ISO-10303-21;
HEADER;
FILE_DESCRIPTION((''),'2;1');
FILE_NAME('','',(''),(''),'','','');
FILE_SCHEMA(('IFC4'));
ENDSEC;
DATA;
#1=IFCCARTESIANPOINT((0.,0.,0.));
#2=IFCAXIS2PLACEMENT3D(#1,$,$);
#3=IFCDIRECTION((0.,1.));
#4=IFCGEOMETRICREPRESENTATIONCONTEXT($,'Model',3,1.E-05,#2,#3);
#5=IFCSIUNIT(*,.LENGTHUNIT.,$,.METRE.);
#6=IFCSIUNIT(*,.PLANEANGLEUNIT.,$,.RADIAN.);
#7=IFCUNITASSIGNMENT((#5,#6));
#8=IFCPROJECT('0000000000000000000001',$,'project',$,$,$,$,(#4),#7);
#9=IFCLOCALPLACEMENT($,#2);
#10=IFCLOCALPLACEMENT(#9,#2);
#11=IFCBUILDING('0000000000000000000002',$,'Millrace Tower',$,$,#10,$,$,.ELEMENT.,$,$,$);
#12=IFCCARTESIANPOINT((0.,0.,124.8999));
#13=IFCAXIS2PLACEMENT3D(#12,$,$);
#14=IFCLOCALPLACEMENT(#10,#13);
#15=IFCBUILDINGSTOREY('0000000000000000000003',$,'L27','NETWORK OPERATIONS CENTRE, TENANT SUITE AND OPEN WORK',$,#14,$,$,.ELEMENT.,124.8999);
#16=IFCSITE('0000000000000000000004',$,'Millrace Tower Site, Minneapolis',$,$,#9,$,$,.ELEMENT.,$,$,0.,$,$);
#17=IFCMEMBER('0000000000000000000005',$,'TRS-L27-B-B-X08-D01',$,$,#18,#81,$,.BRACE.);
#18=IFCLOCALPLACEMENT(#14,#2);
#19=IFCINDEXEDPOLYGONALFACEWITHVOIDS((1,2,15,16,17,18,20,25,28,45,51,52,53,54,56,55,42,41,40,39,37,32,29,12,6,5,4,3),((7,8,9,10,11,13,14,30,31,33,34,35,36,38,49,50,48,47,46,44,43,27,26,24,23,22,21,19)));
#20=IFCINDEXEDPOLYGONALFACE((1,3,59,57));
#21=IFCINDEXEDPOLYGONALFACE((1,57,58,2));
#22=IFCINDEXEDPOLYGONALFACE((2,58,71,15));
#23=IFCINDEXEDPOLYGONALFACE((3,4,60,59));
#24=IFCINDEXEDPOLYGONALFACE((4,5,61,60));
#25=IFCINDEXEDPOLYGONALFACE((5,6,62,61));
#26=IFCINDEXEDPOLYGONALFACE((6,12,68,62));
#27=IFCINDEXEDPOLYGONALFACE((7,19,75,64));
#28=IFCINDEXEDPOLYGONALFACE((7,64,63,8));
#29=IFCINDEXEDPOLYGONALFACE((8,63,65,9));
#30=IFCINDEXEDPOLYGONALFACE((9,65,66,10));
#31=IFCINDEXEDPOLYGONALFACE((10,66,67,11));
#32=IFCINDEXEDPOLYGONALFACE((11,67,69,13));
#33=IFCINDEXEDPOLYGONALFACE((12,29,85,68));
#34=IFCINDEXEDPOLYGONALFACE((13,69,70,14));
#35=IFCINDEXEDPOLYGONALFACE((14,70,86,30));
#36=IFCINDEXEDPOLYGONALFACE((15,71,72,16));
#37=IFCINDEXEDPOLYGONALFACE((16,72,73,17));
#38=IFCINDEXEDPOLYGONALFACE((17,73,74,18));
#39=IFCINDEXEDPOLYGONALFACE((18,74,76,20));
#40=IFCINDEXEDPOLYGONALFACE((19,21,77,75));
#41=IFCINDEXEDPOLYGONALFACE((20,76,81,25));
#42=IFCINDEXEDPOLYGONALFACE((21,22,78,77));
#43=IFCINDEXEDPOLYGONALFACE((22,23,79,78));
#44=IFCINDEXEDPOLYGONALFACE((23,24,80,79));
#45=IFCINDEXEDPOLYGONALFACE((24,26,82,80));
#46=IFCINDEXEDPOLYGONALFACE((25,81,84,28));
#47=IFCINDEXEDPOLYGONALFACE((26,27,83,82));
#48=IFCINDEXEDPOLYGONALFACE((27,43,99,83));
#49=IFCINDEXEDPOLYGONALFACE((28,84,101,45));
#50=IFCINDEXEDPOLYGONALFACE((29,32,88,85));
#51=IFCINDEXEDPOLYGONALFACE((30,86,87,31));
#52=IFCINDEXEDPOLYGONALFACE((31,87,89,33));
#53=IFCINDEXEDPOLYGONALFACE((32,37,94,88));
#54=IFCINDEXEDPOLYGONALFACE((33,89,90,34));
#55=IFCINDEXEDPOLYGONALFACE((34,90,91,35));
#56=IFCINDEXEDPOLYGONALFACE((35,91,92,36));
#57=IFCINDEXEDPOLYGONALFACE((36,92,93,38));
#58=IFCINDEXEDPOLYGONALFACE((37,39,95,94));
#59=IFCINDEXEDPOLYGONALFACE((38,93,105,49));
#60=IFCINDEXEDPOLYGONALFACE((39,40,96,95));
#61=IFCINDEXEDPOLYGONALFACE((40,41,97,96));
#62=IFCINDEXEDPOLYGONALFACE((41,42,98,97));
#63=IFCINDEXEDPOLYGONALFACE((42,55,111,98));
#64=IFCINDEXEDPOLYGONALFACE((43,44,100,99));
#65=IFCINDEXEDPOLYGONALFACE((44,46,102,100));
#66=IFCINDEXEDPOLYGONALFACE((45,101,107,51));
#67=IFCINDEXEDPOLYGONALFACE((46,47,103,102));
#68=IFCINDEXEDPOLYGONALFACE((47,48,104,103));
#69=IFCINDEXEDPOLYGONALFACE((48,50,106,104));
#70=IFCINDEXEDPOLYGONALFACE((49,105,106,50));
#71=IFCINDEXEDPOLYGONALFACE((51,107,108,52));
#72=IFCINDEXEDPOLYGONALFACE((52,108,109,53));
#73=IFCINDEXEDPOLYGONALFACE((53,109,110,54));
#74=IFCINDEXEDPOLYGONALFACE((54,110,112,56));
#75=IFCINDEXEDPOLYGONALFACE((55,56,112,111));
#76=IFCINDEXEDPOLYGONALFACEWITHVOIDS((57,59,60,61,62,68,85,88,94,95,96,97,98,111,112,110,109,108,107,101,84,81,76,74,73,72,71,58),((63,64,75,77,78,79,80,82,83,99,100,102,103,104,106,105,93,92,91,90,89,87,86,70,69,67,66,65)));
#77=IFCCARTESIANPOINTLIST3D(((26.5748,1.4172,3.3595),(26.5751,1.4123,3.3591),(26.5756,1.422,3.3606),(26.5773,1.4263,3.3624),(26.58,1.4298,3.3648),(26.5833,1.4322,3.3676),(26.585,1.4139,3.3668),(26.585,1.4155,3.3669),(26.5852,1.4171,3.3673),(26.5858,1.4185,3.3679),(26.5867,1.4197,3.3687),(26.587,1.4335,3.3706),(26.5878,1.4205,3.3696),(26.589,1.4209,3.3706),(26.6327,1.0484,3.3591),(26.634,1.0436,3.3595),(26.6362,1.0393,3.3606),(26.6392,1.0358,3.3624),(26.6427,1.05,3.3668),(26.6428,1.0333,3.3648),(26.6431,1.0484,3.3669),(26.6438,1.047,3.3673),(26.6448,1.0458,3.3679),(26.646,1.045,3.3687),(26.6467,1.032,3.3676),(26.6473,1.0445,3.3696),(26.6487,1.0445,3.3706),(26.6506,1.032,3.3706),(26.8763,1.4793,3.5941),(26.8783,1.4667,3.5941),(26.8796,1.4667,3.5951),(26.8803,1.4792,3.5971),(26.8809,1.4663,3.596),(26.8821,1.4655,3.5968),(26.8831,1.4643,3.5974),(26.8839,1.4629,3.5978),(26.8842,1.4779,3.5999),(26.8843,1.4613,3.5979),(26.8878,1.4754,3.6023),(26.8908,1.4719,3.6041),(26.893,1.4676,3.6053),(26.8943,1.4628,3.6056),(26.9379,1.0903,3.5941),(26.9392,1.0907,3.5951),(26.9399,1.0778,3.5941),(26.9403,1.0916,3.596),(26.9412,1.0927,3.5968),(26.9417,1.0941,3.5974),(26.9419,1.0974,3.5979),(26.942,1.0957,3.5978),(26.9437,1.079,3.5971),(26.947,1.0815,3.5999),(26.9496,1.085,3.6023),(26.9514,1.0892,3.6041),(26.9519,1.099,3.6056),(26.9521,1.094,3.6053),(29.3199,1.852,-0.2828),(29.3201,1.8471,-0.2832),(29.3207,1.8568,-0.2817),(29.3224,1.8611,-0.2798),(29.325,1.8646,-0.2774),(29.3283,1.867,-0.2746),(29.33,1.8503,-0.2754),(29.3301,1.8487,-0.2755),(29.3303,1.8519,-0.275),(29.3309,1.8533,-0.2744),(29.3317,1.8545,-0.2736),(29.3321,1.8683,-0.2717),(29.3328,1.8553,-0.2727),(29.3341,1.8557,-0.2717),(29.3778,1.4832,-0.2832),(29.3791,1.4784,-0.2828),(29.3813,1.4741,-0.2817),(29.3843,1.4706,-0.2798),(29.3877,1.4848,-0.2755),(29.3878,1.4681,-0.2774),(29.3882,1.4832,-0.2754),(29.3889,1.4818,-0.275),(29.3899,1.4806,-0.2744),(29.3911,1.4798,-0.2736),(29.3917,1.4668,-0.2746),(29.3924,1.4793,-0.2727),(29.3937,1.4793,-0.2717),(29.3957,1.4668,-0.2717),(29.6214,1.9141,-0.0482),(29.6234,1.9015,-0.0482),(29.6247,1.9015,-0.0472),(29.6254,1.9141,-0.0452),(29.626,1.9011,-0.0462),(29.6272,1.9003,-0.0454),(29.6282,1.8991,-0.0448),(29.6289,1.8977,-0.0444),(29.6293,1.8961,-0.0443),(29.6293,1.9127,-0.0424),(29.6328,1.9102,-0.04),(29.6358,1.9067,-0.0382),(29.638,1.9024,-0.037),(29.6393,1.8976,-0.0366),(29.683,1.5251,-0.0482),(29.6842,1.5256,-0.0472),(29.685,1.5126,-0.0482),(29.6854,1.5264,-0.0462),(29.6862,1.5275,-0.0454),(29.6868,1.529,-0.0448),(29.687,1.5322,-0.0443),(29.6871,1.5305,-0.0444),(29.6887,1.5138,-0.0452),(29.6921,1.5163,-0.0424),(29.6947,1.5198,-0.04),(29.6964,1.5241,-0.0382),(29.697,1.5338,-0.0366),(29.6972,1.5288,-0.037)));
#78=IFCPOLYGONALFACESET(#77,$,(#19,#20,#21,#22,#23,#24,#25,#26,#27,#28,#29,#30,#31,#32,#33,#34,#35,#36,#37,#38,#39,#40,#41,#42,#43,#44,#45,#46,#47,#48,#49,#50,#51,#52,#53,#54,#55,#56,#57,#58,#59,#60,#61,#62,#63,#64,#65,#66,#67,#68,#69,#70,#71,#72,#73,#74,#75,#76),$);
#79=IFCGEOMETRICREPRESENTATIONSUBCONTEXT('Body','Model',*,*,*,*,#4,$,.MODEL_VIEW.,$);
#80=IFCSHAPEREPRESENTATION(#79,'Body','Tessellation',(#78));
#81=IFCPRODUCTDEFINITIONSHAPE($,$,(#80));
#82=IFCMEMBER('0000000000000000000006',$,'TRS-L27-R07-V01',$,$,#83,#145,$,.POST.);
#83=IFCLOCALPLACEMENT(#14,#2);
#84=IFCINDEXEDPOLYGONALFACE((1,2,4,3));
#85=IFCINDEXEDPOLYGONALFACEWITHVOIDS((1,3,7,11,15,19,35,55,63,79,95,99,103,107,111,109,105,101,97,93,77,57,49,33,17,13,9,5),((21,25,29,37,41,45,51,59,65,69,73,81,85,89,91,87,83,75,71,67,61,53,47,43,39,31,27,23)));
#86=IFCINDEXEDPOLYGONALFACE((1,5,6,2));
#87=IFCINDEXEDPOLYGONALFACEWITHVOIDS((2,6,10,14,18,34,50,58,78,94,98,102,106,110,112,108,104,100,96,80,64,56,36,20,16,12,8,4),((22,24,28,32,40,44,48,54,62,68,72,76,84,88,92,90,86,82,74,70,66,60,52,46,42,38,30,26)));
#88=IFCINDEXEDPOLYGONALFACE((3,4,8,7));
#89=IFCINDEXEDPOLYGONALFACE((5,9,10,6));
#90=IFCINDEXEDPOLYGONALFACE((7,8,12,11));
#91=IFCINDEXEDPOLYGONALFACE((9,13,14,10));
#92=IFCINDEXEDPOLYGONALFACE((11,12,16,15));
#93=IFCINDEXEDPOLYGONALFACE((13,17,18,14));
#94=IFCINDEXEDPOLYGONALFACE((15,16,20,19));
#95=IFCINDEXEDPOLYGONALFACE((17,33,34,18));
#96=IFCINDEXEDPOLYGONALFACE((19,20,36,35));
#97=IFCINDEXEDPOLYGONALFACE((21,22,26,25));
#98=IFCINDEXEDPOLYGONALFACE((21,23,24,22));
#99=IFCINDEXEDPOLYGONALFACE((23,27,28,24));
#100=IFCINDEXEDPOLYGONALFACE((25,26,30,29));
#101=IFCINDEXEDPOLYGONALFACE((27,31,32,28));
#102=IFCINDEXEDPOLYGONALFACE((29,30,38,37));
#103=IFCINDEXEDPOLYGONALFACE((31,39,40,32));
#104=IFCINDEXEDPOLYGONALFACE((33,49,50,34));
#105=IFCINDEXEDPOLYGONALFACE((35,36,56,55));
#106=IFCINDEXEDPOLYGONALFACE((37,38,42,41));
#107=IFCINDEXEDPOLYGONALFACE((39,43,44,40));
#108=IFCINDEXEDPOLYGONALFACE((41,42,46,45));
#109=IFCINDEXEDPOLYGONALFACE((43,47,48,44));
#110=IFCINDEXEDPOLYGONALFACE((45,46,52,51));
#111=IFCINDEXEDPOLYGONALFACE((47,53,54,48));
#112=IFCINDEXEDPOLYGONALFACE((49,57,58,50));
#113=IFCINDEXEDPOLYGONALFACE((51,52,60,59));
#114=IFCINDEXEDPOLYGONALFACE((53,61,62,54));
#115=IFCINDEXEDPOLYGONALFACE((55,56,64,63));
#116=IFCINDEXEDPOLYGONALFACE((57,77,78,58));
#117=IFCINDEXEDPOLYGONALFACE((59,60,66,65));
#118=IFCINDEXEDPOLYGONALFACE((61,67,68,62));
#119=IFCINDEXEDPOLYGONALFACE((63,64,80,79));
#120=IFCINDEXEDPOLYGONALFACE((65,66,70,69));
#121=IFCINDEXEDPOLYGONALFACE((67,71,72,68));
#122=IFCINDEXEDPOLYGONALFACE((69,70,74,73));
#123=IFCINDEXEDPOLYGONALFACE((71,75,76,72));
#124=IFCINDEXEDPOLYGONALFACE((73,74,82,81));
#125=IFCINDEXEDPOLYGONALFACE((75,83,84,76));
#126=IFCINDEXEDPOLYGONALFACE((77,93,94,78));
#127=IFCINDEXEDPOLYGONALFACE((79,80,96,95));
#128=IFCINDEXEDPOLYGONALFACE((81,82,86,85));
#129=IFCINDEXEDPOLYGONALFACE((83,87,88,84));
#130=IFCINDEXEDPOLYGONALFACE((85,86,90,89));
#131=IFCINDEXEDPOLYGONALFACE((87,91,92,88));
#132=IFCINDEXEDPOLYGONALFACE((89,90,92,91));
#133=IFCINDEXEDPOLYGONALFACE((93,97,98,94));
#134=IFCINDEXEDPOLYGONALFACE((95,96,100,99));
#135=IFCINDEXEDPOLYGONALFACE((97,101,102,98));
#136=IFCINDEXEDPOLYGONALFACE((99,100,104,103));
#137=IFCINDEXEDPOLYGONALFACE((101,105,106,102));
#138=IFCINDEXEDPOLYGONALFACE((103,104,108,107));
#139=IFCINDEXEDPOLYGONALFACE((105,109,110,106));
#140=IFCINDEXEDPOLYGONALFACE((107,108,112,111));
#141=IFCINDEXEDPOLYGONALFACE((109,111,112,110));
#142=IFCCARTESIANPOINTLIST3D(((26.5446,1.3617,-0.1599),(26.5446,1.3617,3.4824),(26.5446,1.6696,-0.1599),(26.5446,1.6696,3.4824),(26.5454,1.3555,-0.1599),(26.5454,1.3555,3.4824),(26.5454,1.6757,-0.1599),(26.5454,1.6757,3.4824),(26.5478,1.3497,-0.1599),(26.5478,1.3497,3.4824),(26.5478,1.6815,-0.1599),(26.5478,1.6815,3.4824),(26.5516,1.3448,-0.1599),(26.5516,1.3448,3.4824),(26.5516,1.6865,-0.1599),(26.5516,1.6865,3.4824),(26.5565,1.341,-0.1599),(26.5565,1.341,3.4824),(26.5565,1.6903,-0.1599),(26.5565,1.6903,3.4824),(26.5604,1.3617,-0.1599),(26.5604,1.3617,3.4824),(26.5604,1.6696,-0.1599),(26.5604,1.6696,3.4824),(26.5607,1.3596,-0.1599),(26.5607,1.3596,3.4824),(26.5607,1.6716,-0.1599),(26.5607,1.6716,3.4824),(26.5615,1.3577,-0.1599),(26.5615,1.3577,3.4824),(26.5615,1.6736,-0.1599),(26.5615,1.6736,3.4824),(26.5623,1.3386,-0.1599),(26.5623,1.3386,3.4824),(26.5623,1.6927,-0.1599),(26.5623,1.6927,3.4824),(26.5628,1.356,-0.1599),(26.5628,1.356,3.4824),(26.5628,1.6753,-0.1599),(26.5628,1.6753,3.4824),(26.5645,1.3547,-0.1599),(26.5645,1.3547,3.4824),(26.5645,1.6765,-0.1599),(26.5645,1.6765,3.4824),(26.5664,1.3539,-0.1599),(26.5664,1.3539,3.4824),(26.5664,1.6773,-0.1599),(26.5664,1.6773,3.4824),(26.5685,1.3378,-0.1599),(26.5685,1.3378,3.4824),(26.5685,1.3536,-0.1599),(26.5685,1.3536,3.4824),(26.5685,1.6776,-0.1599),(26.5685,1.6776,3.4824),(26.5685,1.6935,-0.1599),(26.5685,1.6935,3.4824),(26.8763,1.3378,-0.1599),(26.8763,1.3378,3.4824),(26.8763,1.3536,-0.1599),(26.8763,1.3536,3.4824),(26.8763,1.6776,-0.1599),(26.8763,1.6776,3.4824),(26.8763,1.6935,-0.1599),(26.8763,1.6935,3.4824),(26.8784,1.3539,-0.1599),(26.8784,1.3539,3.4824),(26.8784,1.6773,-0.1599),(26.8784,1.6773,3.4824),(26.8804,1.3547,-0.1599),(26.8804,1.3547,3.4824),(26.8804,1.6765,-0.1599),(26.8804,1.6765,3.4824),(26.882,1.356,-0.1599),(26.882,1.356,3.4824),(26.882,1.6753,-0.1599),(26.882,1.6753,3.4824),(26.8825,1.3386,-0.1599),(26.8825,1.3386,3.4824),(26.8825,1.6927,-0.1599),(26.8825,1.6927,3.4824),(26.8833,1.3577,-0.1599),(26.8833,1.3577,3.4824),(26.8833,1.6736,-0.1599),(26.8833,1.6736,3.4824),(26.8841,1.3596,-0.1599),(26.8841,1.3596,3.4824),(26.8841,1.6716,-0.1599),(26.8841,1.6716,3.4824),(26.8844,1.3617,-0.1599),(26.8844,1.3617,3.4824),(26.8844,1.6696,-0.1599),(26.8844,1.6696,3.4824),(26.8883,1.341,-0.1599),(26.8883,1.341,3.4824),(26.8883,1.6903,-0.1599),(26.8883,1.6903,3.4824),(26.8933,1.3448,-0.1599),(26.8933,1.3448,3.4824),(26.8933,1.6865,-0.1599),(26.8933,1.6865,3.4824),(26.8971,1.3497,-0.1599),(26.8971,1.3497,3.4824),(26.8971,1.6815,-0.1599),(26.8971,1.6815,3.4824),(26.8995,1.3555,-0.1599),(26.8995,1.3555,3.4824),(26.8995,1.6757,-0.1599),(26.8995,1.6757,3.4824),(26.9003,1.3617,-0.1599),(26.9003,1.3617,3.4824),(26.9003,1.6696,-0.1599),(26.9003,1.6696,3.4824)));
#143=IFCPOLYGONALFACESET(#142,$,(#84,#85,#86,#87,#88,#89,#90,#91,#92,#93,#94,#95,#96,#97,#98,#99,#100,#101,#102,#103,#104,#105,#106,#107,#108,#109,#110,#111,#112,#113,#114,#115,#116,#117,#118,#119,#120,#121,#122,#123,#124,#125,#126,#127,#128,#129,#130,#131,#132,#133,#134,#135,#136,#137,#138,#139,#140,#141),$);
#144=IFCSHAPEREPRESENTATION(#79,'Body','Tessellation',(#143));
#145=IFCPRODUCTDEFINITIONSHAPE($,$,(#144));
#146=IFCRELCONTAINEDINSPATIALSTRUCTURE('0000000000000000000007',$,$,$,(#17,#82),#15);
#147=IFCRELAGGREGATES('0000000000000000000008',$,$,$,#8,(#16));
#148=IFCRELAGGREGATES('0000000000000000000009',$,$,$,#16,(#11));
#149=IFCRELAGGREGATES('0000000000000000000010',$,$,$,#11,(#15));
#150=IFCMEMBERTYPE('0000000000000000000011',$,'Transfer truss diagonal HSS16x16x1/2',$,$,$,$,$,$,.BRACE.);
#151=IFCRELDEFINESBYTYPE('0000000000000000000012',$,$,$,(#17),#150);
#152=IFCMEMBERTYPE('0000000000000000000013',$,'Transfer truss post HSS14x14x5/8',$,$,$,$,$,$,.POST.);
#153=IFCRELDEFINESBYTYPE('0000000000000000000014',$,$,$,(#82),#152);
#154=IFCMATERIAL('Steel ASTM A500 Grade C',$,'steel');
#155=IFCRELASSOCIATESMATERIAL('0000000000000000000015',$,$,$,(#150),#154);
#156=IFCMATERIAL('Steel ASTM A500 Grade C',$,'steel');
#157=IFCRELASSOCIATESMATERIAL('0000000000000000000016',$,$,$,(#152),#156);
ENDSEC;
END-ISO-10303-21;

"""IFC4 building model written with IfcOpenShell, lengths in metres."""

from ifc_helpers import new_model, si_unit, direction, frame, origin, origin_2d, place, context, subcontext, project, spatial, hollow_rectangle, extrude, material, material_profile, profile_set, type_object, element, save


model = new_model("IFC4")

# Units and contexts
model_context = context("Model", 3, precision=1e-05, world=origin(), true_north=direction((0.0, 1.0)))
body_context = subcontext(model_context, "Body", "Model", "MODEL_VIEW")
ifc_project = project(units=[si_unit("LENGTHUNIT", "METRE"), si_unit("PLANEANGLEUNIT", "RADIAN")], contexts=[model_context])

# Site, building, storey
site_placement = place(None, origin())
site = spatial("IfcSite", under=ifc_project, at=site_placement, Name="Millrace Tower Site, Minneapolis", CompositionType="ELEMENT", RefElevation=0.0)
building_placement = place(site_placement, origin())
building = spatial("IfcBuilding", under=site, at=building_placement, Name="Millrace Tower", CompositionType="ELEMENT")
storey_placement = place(building_placement, frame((0.0, 0.0, 124.8999)))
storey = spatial("IfcBuildingStorey", under=building, at=storey_placement, Name="L27", Description="NETWORK OPERATIONS CENTRE, TENANT SUITE AND OPEN WORK", CompositionType="ELEMENT", Elevation=124.8999)

# Members
ifc_material_1 = material(Name="Steel ASTM A500 Grade C", Category="steel")
ifc_material_profile_1 = material_profile(ifc_material_1, hollow_rectangle(XDim=0.4065, YDim=0.4065, WallThickness=0.0127, InnerFilletRadius=0.0063, OuterFilletRadius=0.019, at=origin_2d()))
ifc_profile_set_1 = profile_set([ifc_material_profile_1], Name="Steel ASTM A500 Grade C")
member_type_1 = type_object("IfcMemberType", Name="Transfer truss diagonal HSS16x16x1/2", PredefinedType="BRACE", material=ifc_profile_set_1)
member_1_placement = place(storey_placement, frame((29.5085, 1.6904, -0.1599), z_axis=(-0.599157, -0.094904, 0.794987), x_axis=(0.156445, -0.987687, 0.0)))
element("IfcMember", 1, at=member_1_placement, inside=storey, type_object=member_type_1, Name="TRS-L27-B-B-X08-D01", PredefinedType="BRACE", context=body_context, shape_type="SweptSolid", body=[
    extrude(hollow_rectangle(XDim=0.4065, YDim=0.4065, WallThickness=0.0127, InnerFilletRadius=0.0063, OuterFilletRadius=0.019, at=origin_2d()), origin(), (0.0, 0.0, 1.0), 4.5815),
])
ifc_material_2 = material(Name="Steel ASTM A500 Grade C", Category="steel")
ifc_material_profile_2 = material_profile(ifc_material_2, hollow_rectangle(XDim=0.3557, YDim=0.3557, WallThickness=0.0159, InnerFilletRadius=0.0081, OuterFilletRadius=0.0239, at=origin_2d()))
ifc_profile_set_2 = profile_set([ifc_material_profile_2], Name="Steel ASTM A500 Grade C")
member_type_2 = type_object("IfcMemberType", Name="Transfer truss post HSS14x14x5/8", PredefinedType="POST", material=ifc_profile_set_2)
for number, where, z_axis, x_axis, name in (
    (2, (26.7224, 1.5156, -0.1599), (0.0, 0.0, 1.0), (1.0, 0.0, 0.0), "TRS-L27-R07-V01"),
):
    element("IfcMember", number, at=place(storey_placement, frame(where, z_axis=z_axis, x_axis=x_axis)), inside=storey, type_object=member_type_2, Name=name, PredefinedType="POST", context=body_context, shape_type="SweptSolid", body=[
        extrude(hollow_rectangle(XDim=0.3557, YDim=0.3557, WallThickness=0.0159, InnerFilletRadius=0.0081, OuterFilletRadius=0.0239, at=origin_2d()), origin(), (0.0, 0.0, 1.0), 3.6423),
    ])

save(model, "model.ifc")
